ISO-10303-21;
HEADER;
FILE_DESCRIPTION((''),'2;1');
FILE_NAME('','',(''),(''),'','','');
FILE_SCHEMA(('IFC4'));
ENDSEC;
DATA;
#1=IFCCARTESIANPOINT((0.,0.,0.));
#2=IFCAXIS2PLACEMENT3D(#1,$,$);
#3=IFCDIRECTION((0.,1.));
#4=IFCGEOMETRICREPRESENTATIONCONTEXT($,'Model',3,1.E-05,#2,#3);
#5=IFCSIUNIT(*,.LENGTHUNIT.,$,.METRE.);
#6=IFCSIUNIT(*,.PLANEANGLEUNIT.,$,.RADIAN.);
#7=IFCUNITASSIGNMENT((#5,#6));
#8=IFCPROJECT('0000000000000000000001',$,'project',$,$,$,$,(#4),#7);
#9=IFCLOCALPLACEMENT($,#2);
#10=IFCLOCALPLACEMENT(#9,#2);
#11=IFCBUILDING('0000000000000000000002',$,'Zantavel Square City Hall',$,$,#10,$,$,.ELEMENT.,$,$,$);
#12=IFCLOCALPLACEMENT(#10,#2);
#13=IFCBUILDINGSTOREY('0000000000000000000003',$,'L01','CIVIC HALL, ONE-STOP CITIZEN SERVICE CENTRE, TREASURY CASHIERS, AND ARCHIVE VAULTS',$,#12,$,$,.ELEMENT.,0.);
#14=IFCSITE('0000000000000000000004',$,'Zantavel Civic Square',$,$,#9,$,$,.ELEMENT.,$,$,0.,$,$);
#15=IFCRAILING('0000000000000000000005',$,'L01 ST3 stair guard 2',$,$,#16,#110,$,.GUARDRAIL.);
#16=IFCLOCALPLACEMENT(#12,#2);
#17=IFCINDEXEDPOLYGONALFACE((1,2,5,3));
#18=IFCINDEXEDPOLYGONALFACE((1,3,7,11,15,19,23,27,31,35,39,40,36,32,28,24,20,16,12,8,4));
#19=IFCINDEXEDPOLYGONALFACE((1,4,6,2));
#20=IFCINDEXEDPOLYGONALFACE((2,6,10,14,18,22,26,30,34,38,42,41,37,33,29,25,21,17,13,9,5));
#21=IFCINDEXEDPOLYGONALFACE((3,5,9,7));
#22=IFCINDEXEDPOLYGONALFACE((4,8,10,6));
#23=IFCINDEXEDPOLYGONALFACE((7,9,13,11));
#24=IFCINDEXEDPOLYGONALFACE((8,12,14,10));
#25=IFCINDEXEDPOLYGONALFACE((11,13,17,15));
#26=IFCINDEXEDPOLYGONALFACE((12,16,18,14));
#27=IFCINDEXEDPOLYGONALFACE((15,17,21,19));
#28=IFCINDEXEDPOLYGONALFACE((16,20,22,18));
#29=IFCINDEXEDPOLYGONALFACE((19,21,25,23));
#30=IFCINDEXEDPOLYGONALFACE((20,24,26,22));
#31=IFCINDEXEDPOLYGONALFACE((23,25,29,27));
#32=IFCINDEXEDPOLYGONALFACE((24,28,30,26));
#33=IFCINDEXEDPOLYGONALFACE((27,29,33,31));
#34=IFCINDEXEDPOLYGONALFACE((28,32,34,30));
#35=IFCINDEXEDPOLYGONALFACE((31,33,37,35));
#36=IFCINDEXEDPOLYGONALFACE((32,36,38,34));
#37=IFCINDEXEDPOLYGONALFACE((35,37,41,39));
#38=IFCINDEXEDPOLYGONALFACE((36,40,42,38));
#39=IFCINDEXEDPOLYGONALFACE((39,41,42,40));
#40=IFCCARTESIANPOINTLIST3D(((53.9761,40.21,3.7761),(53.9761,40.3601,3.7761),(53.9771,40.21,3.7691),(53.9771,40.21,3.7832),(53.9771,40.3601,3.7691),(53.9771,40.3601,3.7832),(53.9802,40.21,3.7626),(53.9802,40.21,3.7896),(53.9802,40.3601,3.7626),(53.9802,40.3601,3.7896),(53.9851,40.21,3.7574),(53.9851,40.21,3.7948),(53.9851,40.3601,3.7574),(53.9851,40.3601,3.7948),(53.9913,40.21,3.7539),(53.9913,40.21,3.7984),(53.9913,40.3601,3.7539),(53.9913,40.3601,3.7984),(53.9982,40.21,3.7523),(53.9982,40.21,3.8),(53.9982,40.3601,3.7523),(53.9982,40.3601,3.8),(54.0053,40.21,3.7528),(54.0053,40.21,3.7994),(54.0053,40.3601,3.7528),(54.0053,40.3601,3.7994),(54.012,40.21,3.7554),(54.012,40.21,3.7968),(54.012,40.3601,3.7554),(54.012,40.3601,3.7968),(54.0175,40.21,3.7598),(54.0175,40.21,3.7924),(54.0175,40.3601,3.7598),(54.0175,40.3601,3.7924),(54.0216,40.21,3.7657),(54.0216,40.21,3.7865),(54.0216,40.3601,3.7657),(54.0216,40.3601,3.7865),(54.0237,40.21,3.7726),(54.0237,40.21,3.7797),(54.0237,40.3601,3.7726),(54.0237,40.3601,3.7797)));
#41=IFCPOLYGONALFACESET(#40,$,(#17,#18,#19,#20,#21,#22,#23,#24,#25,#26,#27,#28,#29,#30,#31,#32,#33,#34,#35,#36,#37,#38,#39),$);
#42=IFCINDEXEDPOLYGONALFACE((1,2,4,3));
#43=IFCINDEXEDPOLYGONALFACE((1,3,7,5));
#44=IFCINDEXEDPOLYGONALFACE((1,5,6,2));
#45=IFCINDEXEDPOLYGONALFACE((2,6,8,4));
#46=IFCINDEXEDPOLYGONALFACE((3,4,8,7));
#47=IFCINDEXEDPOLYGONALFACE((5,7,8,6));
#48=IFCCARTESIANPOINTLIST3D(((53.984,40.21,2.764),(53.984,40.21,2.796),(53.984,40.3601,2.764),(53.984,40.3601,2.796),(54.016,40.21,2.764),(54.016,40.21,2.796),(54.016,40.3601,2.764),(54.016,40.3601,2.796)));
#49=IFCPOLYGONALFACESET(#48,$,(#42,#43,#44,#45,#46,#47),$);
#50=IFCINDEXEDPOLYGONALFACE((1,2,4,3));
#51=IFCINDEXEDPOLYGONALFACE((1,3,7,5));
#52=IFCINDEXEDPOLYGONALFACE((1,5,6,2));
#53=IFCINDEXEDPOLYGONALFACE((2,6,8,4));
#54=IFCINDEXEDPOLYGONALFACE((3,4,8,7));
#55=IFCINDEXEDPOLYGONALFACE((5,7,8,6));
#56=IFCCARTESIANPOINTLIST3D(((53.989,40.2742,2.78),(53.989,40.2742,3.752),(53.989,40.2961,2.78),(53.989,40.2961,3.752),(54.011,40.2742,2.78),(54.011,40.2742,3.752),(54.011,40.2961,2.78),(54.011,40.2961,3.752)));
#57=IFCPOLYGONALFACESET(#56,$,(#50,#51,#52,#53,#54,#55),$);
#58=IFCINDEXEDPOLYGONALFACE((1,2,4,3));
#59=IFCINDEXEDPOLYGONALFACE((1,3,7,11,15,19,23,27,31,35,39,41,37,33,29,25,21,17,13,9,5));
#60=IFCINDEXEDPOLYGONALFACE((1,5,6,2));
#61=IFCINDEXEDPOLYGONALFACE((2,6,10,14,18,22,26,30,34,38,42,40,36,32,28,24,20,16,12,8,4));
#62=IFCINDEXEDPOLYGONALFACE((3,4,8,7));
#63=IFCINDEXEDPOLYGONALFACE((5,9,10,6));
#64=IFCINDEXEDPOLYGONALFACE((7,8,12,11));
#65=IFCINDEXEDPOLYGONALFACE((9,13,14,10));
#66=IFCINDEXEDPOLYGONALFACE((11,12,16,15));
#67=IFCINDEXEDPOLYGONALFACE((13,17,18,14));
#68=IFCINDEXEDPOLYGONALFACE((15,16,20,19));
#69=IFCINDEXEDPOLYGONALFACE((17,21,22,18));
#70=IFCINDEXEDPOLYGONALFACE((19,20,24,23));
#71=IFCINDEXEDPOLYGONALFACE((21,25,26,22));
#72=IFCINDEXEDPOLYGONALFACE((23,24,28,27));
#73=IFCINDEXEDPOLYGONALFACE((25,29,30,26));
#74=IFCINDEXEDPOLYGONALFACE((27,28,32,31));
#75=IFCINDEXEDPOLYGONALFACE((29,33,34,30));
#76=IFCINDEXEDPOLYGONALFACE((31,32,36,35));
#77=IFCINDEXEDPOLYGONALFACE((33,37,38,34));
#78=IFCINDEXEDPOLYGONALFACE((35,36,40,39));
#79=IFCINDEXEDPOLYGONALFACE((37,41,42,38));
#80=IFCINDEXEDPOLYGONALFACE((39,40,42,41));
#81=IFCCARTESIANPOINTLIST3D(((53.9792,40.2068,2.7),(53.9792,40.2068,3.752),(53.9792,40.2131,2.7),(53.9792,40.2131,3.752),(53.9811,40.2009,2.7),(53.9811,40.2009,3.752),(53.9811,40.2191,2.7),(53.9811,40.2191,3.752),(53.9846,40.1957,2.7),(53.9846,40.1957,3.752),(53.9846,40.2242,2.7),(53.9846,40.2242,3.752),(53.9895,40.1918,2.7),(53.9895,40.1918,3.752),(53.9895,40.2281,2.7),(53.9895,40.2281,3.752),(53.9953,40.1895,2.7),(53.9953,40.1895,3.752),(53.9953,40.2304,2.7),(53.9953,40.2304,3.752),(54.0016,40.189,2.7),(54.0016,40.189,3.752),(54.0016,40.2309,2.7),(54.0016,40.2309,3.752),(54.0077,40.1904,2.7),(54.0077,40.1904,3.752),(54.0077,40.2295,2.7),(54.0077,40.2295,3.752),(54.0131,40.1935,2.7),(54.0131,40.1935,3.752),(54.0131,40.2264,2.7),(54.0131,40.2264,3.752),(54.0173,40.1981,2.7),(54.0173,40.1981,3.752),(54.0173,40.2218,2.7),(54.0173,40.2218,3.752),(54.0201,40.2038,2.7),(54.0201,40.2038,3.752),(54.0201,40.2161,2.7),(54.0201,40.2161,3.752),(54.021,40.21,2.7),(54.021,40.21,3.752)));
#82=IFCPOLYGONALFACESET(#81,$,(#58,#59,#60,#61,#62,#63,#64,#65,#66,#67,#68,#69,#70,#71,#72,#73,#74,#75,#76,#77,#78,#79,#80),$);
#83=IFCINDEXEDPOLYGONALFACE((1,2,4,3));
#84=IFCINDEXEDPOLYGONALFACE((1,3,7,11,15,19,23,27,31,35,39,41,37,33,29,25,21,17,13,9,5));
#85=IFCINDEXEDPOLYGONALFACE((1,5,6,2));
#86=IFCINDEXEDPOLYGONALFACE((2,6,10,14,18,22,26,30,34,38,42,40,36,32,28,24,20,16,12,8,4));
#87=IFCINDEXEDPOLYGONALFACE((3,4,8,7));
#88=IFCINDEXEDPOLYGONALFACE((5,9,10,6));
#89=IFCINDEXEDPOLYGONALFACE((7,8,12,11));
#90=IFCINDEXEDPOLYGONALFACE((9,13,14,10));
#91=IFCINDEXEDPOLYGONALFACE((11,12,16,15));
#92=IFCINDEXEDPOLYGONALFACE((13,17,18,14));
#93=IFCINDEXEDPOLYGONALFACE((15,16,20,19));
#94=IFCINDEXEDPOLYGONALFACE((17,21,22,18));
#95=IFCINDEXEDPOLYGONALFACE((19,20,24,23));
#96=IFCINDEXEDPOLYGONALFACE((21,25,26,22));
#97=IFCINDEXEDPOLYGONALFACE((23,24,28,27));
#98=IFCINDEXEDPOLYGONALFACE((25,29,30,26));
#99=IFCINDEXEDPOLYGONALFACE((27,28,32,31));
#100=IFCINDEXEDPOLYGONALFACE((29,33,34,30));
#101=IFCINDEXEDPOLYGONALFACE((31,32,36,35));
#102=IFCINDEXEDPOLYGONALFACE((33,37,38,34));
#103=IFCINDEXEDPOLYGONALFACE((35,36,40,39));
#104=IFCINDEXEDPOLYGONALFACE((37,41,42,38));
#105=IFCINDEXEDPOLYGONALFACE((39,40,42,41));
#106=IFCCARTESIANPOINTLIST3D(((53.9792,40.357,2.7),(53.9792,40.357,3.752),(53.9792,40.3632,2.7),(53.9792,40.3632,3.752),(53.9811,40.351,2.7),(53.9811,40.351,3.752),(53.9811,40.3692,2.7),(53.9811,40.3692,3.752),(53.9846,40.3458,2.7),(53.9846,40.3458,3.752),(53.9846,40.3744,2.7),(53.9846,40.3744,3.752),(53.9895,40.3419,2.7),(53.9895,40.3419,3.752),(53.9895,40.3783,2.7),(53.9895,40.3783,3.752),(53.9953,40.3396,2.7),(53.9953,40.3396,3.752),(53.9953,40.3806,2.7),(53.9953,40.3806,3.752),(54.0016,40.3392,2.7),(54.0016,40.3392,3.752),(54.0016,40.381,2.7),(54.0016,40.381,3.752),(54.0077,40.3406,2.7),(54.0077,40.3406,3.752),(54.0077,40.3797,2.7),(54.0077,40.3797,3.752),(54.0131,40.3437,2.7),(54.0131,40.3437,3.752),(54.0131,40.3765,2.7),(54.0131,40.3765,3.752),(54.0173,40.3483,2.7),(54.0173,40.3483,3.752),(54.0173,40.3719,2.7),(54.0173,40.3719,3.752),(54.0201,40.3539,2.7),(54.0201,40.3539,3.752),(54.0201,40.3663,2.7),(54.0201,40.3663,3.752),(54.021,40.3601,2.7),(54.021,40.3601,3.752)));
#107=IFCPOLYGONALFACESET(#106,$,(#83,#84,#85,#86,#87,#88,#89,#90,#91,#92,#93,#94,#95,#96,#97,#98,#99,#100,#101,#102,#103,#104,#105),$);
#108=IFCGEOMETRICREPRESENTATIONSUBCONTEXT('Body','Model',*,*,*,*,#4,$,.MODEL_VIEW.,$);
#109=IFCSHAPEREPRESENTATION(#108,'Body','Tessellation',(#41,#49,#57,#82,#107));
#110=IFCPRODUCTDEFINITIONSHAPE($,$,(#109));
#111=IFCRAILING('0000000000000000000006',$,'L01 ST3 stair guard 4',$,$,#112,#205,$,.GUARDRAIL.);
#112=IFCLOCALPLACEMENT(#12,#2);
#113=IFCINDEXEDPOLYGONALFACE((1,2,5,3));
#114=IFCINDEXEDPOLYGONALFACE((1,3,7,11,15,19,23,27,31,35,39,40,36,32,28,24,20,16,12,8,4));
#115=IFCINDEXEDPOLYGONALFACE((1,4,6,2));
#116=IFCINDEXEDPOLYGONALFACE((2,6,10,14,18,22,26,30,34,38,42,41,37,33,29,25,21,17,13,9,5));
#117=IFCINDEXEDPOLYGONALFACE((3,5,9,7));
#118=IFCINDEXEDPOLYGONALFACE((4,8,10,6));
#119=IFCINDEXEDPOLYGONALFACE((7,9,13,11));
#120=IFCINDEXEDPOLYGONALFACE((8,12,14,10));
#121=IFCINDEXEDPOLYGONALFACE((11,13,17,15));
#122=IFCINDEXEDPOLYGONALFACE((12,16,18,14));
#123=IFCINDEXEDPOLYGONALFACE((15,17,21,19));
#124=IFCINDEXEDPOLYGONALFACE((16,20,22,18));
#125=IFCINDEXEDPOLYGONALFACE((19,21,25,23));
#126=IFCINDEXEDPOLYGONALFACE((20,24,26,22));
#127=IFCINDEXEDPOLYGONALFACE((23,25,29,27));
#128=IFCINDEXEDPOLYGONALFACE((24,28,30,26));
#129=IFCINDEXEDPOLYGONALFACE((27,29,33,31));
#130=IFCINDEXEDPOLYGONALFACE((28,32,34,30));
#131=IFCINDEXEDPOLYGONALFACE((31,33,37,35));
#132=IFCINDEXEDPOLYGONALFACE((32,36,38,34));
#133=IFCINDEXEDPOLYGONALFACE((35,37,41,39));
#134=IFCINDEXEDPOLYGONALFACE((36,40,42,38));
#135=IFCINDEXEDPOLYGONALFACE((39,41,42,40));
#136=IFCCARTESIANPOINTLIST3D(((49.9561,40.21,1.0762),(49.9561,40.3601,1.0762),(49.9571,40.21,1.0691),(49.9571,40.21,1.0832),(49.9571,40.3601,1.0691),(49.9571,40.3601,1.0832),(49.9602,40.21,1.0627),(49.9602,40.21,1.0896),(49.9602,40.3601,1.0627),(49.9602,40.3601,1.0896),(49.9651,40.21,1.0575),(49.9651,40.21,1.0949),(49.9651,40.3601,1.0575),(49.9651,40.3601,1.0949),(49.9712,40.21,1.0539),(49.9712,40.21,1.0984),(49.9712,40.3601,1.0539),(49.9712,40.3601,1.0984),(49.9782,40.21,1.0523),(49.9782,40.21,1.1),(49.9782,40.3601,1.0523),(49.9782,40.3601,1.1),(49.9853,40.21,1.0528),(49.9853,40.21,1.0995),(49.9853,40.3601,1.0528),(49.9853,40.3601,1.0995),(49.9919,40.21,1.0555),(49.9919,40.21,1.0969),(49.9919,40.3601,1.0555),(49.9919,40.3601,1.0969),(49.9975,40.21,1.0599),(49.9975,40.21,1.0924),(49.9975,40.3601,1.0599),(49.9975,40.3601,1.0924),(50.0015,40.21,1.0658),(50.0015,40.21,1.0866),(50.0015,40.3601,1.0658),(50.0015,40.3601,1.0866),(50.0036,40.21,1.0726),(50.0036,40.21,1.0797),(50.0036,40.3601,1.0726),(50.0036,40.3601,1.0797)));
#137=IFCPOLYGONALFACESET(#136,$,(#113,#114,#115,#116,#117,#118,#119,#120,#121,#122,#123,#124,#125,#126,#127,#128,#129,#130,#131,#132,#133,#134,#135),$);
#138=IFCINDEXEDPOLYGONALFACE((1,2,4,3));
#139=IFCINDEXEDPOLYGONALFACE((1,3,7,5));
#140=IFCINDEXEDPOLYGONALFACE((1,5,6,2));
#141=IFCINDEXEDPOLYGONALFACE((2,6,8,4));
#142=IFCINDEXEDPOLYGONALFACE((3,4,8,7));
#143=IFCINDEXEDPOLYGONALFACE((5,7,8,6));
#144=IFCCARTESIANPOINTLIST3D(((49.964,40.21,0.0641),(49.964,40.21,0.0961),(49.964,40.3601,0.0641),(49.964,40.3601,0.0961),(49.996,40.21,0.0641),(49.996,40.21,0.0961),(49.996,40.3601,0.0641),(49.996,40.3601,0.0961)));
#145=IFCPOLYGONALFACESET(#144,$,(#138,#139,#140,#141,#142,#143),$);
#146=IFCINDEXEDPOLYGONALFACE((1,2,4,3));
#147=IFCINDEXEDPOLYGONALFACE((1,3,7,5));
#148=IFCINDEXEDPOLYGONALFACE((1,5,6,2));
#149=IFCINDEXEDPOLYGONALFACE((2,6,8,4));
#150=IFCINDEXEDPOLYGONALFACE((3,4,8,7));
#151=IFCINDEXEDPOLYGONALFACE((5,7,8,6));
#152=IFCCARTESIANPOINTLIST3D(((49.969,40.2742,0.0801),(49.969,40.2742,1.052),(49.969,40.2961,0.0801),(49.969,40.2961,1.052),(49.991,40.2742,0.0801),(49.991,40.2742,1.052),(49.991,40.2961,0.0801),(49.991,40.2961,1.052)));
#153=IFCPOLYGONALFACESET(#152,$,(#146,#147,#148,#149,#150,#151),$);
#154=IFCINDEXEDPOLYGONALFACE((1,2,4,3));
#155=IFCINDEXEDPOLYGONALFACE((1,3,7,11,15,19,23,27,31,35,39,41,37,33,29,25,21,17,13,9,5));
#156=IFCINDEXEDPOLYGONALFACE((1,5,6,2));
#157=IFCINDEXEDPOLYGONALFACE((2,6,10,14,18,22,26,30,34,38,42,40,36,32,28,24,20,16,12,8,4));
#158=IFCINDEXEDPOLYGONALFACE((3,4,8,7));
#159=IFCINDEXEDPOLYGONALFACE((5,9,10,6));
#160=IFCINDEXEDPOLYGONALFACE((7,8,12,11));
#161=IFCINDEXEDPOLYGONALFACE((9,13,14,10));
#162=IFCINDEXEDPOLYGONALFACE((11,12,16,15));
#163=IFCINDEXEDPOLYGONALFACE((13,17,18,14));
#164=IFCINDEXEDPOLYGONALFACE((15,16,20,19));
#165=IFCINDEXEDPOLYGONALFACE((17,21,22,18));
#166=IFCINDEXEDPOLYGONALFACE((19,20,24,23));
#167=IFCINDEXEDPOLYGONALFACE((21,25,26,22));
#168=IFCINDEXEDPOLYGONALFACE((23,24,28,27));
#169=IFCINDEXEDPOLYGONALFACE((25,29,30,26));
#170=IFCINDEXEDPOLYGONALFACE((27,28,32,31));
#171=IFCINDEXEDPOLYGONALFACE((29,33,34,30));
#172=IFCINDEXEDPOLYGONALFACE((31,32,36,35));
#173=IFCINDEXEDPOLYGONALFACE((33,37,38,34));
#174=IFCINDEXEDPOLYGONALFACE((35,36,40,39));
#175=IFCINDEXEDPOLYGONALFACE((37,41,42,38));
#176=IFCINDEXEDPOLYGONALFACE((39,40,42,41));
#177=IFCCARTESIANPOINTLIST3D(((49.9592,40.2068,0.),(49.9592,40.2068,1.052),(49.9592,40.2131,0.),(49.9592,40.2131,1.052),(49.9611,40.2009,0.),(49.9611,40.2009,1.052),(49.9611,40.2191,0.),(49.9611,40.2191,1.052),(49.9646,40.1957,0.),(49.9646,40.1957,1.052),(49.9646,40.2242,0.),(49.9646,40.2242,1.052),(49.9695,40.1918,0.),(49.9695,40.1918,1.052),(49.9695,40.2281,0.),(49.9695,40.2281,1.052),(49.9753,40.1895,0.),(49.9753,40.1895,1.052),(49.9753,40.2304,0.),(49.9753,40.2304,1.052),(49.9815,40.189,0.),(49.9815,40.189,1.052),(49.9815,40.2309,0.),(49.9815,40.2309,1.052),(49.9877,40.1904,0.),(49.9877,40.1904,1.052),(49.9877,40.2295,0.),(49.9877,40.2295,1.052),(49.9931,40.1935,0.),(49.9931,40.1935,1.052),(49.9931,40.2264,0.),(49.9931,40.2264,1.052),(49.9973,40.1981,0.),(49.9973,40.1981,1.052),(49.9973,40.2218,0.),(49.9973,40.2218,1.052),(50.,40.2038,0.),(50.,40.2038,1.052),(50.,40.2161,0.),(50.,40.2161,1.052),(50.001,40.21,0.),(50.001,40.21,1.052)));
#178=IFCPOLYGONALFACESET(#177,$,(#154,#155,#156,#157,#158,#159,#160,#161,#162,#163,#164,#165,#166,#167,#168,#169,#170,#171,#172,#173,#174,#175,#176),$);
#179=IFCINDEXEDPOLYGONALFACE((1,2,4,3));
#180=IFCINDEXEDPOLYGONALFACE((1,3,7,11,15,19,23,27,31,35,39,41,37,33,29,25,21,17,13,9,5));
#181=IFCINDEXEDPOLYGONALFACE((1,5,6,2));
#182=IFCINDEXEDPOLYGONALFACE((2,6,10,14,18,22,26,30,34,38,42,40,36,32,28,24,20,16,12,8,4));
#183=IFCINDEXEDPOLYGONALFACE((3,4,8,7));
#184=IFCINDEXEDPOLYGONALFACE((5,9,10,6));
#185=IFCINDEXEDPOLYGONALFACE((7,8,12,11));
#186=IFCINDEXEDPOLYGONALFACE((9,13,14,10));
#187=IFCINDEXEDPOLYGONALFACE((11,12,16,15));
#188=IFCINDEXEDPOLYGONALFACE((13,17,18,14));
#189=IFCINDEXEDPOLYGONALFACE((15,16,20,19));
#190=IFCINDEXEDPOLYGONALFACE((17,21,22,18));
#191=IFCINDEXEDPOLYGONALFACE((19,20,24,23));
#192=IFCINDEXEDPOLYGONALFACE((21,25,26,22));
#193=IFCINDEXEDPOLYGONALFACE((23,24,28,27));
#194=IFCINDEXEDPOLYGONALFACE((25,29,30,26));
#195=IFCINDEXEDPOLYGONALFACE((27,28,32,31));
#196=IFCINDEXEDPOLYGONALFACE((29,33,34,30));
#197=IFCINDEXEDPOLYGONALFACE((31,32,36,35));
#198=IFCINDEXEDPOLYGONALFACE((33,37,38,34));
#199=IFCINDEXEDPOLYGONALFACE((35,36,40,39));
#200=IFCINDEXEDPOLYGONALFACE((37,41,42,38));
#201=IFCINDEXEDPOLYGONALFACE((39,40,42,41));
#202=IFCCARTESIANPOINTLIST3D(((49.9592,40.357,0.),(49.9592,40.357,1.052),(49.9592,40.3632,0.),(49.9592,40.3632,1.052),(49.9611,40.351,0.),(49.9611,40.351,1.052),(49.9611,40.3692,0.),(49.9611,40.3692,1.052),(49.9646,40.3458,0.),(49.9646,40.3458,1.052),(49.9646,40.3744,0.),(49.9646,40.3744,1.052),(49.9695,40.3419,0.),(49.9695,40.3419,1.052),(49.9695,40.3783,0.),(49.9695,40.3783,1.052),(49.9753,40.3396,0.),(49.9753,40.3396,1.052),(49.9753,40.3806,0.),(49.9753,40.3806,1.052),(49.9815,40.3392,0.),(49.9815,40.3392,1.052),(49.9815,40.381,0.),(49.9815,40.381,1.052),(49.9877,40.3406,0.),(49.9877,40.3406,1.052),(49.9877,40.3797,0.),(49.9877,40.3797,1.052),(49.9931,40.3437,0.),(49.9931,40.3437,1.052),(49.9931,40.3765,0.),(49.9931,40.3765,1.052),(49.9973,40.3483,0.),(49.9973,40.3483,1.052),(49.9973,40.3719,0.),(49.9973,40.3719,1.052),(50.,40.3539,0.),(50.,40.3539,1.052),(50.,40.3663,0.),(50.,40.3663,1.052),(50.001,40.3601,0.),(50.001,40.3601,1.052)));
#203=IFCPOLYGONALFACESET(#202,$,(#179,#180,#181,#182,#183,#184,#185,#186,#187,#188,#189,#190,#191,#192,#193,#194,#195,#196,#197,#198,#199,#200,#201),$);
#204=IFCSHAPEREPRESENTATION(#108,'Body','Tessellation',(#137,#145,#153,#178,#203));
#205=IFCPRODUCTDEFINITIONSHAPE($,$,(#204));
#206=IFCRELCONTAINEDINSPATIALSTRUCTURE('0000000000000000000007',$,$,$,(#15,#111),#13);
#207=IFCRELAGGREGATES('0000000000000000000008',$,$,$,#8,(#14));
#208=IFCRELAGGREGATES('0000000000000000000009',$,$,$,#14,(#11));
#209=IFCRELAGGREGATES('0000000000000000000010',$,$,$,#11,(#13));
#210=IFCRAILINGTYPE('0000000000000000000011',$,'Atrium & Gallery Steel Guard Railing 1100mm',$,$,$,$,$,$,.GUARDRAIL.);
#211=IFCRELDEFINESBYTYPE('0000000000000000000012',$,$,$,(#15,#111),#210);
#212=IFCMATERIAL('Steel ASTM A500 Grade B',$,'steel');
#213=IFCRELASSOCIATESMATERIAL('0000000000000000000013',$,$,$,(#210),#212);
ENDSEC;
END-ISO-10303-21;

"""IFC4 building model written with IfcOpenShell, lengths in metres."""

from ifc_helpers import new_model, si_unit, direction, frame, origin, origin_2d, place, context, subcontext, project, spatial, rectangle, circle, extrude, material, type_object, element, save


model = new_model("IFC4")

# Units and contexts
model_context = context("Model", 3, precision=1e-05, world=origin(), true_north=direction((0.0, 1.0)))
body_context = subcontext(model_context, "Body", "Model", "MODEL_VIEW")
ifc_project = project(units=[si_unit("LENGTHUNIT", "METRE"), si_unit("PLANEANGLEUNIT", "RADIAN")], contexts=[model_context])

# Site, building, storey
site_placement = place(None, origin())
site = spatial("IfcSite", under=ifc_project, at=site_placement, Name="Zantavel Civic Square", CompositionType="ELEMENT", RefElevation=0.0)
building_placement = place(site_placement, origin())
building = spatial("IfcBuilding", under=site, at=building_placement, Name="Zantavel Square City Hall", CompositionType="ELEMENT")
storey_placement = place(building_placement, origin())
storey = spatial("IfcBuildingStorey", under=building, at=storey_placement, Name="L01", Description="CIVIC HALL, ONE-STOP CITIZEN SERVICE CENTRE, TREASURY CASHIERS, AND ARCHIVE VAULTS", CompositionType="ELEMENT", Elevation=0.0)

# Shared definitions
ifc_material_1 = material(Name="Steel ASTM A500 Grade B", Category="steel")

# Railings
railing_type_1 = type_object("IfcRailingType", Name="Atrium & Gallery Steel Guard Railing 1100mm", PredefinedType="GUARDRAIL", material=ifc_material_1)
railing_1_placement = place(storey_placement, frame((54.0, 40.21, 2.7)))
element("IfcRailing", 1, at=railing_1_placement, inside=storey, type_object=railing_type_1, Name="L01 ST3 stair guard 2", PredefinedType="GUARDRAIL", context=body_context, shape_type="SweptSolid", body=[
    extrude(circle(Radius=0.0239, at=origin_2d()), frame((0.0, 0.0, 1.0762), z_axis=(0.0, 1.0, 0.0), x_axis=(-1.0, 0.0, 0.0)), (0.0, 0.0, 1.0), 0.1501),
    extrude(rectangle(XDim=0.032, YDim=0.032, at=origin_2d()), frame((0.0, 0.0, 0.0801), z_axis=(0.0, 1.0, 0.0), x_axis=(-1.0, 0.0, 0.0)), (0.0, 0.0, 1.0), 0.1501),
    extrude(rectangle(XDim=0.022, YDim=0.022, at=origin_2d()), frame((0.0, 0.0752, 0.0801)), (0.0, 0.0, 1.0), 0.9719),
    extrude(circle(Radius=0.021, at=origin_2d()), origin(), (0.0, 0.0, 1.0), 1.052),
    extrude(circle(Radius=0.021, at=origin_2d()), frame((0.0, 0.1501, 0.0)), (0.0, 0.0, 1.0), 1.052),
])
railing_2_placement = place(storey_placement, frame((49.98, 40.21, 0.0)))
element("IfcRailing", 2, at=railing_2_placement, inside=storey, type_object=railing_type_1, Name="L01 ST3 stair guard 4", PredefinedType="GUARDRAIL", context=body_context, shape_type="SweptSolid", body=[
    extrude(circle(Radius=0.0239, at=origin_2d()), frame((0.0, 0.0, 1.0762), z_axis=(0.0, 1.0, 0.0), x_axis=(-1.0, 0.0, 0.0)), (0.0, 0.0, 1.0), 0.1501),
    extrude(rectangle(XDim=0.032, YDim=0.032, at=origin_2d()), frame((0.0, 0.0, 0.0801), z_axis=(0.0, 1.0, 0.0), x_axis=(-1.0, 0.0, 0.0)), (0.0, 0.0, 1.0), 0.1501),
    extrude(rectangle(XDim=0.022, YDim=0.022, at=origin_2d()), frame((0.0, 0.0752, 0.0801)), (0.0, 0.0, 1.0), 0.9719),
    extrude(circle(Radius=0.021, at=origin_2d()), origin(), (0.0, 0.0, 1.0), 1.052),
    extrude(circle(Radius=0.021, at=origin_2d()), frame((0.0, 0.1501, 0.0)), (0.0, 0.0, 1.0), 1.052),
])

save(model, "model.ifc")
